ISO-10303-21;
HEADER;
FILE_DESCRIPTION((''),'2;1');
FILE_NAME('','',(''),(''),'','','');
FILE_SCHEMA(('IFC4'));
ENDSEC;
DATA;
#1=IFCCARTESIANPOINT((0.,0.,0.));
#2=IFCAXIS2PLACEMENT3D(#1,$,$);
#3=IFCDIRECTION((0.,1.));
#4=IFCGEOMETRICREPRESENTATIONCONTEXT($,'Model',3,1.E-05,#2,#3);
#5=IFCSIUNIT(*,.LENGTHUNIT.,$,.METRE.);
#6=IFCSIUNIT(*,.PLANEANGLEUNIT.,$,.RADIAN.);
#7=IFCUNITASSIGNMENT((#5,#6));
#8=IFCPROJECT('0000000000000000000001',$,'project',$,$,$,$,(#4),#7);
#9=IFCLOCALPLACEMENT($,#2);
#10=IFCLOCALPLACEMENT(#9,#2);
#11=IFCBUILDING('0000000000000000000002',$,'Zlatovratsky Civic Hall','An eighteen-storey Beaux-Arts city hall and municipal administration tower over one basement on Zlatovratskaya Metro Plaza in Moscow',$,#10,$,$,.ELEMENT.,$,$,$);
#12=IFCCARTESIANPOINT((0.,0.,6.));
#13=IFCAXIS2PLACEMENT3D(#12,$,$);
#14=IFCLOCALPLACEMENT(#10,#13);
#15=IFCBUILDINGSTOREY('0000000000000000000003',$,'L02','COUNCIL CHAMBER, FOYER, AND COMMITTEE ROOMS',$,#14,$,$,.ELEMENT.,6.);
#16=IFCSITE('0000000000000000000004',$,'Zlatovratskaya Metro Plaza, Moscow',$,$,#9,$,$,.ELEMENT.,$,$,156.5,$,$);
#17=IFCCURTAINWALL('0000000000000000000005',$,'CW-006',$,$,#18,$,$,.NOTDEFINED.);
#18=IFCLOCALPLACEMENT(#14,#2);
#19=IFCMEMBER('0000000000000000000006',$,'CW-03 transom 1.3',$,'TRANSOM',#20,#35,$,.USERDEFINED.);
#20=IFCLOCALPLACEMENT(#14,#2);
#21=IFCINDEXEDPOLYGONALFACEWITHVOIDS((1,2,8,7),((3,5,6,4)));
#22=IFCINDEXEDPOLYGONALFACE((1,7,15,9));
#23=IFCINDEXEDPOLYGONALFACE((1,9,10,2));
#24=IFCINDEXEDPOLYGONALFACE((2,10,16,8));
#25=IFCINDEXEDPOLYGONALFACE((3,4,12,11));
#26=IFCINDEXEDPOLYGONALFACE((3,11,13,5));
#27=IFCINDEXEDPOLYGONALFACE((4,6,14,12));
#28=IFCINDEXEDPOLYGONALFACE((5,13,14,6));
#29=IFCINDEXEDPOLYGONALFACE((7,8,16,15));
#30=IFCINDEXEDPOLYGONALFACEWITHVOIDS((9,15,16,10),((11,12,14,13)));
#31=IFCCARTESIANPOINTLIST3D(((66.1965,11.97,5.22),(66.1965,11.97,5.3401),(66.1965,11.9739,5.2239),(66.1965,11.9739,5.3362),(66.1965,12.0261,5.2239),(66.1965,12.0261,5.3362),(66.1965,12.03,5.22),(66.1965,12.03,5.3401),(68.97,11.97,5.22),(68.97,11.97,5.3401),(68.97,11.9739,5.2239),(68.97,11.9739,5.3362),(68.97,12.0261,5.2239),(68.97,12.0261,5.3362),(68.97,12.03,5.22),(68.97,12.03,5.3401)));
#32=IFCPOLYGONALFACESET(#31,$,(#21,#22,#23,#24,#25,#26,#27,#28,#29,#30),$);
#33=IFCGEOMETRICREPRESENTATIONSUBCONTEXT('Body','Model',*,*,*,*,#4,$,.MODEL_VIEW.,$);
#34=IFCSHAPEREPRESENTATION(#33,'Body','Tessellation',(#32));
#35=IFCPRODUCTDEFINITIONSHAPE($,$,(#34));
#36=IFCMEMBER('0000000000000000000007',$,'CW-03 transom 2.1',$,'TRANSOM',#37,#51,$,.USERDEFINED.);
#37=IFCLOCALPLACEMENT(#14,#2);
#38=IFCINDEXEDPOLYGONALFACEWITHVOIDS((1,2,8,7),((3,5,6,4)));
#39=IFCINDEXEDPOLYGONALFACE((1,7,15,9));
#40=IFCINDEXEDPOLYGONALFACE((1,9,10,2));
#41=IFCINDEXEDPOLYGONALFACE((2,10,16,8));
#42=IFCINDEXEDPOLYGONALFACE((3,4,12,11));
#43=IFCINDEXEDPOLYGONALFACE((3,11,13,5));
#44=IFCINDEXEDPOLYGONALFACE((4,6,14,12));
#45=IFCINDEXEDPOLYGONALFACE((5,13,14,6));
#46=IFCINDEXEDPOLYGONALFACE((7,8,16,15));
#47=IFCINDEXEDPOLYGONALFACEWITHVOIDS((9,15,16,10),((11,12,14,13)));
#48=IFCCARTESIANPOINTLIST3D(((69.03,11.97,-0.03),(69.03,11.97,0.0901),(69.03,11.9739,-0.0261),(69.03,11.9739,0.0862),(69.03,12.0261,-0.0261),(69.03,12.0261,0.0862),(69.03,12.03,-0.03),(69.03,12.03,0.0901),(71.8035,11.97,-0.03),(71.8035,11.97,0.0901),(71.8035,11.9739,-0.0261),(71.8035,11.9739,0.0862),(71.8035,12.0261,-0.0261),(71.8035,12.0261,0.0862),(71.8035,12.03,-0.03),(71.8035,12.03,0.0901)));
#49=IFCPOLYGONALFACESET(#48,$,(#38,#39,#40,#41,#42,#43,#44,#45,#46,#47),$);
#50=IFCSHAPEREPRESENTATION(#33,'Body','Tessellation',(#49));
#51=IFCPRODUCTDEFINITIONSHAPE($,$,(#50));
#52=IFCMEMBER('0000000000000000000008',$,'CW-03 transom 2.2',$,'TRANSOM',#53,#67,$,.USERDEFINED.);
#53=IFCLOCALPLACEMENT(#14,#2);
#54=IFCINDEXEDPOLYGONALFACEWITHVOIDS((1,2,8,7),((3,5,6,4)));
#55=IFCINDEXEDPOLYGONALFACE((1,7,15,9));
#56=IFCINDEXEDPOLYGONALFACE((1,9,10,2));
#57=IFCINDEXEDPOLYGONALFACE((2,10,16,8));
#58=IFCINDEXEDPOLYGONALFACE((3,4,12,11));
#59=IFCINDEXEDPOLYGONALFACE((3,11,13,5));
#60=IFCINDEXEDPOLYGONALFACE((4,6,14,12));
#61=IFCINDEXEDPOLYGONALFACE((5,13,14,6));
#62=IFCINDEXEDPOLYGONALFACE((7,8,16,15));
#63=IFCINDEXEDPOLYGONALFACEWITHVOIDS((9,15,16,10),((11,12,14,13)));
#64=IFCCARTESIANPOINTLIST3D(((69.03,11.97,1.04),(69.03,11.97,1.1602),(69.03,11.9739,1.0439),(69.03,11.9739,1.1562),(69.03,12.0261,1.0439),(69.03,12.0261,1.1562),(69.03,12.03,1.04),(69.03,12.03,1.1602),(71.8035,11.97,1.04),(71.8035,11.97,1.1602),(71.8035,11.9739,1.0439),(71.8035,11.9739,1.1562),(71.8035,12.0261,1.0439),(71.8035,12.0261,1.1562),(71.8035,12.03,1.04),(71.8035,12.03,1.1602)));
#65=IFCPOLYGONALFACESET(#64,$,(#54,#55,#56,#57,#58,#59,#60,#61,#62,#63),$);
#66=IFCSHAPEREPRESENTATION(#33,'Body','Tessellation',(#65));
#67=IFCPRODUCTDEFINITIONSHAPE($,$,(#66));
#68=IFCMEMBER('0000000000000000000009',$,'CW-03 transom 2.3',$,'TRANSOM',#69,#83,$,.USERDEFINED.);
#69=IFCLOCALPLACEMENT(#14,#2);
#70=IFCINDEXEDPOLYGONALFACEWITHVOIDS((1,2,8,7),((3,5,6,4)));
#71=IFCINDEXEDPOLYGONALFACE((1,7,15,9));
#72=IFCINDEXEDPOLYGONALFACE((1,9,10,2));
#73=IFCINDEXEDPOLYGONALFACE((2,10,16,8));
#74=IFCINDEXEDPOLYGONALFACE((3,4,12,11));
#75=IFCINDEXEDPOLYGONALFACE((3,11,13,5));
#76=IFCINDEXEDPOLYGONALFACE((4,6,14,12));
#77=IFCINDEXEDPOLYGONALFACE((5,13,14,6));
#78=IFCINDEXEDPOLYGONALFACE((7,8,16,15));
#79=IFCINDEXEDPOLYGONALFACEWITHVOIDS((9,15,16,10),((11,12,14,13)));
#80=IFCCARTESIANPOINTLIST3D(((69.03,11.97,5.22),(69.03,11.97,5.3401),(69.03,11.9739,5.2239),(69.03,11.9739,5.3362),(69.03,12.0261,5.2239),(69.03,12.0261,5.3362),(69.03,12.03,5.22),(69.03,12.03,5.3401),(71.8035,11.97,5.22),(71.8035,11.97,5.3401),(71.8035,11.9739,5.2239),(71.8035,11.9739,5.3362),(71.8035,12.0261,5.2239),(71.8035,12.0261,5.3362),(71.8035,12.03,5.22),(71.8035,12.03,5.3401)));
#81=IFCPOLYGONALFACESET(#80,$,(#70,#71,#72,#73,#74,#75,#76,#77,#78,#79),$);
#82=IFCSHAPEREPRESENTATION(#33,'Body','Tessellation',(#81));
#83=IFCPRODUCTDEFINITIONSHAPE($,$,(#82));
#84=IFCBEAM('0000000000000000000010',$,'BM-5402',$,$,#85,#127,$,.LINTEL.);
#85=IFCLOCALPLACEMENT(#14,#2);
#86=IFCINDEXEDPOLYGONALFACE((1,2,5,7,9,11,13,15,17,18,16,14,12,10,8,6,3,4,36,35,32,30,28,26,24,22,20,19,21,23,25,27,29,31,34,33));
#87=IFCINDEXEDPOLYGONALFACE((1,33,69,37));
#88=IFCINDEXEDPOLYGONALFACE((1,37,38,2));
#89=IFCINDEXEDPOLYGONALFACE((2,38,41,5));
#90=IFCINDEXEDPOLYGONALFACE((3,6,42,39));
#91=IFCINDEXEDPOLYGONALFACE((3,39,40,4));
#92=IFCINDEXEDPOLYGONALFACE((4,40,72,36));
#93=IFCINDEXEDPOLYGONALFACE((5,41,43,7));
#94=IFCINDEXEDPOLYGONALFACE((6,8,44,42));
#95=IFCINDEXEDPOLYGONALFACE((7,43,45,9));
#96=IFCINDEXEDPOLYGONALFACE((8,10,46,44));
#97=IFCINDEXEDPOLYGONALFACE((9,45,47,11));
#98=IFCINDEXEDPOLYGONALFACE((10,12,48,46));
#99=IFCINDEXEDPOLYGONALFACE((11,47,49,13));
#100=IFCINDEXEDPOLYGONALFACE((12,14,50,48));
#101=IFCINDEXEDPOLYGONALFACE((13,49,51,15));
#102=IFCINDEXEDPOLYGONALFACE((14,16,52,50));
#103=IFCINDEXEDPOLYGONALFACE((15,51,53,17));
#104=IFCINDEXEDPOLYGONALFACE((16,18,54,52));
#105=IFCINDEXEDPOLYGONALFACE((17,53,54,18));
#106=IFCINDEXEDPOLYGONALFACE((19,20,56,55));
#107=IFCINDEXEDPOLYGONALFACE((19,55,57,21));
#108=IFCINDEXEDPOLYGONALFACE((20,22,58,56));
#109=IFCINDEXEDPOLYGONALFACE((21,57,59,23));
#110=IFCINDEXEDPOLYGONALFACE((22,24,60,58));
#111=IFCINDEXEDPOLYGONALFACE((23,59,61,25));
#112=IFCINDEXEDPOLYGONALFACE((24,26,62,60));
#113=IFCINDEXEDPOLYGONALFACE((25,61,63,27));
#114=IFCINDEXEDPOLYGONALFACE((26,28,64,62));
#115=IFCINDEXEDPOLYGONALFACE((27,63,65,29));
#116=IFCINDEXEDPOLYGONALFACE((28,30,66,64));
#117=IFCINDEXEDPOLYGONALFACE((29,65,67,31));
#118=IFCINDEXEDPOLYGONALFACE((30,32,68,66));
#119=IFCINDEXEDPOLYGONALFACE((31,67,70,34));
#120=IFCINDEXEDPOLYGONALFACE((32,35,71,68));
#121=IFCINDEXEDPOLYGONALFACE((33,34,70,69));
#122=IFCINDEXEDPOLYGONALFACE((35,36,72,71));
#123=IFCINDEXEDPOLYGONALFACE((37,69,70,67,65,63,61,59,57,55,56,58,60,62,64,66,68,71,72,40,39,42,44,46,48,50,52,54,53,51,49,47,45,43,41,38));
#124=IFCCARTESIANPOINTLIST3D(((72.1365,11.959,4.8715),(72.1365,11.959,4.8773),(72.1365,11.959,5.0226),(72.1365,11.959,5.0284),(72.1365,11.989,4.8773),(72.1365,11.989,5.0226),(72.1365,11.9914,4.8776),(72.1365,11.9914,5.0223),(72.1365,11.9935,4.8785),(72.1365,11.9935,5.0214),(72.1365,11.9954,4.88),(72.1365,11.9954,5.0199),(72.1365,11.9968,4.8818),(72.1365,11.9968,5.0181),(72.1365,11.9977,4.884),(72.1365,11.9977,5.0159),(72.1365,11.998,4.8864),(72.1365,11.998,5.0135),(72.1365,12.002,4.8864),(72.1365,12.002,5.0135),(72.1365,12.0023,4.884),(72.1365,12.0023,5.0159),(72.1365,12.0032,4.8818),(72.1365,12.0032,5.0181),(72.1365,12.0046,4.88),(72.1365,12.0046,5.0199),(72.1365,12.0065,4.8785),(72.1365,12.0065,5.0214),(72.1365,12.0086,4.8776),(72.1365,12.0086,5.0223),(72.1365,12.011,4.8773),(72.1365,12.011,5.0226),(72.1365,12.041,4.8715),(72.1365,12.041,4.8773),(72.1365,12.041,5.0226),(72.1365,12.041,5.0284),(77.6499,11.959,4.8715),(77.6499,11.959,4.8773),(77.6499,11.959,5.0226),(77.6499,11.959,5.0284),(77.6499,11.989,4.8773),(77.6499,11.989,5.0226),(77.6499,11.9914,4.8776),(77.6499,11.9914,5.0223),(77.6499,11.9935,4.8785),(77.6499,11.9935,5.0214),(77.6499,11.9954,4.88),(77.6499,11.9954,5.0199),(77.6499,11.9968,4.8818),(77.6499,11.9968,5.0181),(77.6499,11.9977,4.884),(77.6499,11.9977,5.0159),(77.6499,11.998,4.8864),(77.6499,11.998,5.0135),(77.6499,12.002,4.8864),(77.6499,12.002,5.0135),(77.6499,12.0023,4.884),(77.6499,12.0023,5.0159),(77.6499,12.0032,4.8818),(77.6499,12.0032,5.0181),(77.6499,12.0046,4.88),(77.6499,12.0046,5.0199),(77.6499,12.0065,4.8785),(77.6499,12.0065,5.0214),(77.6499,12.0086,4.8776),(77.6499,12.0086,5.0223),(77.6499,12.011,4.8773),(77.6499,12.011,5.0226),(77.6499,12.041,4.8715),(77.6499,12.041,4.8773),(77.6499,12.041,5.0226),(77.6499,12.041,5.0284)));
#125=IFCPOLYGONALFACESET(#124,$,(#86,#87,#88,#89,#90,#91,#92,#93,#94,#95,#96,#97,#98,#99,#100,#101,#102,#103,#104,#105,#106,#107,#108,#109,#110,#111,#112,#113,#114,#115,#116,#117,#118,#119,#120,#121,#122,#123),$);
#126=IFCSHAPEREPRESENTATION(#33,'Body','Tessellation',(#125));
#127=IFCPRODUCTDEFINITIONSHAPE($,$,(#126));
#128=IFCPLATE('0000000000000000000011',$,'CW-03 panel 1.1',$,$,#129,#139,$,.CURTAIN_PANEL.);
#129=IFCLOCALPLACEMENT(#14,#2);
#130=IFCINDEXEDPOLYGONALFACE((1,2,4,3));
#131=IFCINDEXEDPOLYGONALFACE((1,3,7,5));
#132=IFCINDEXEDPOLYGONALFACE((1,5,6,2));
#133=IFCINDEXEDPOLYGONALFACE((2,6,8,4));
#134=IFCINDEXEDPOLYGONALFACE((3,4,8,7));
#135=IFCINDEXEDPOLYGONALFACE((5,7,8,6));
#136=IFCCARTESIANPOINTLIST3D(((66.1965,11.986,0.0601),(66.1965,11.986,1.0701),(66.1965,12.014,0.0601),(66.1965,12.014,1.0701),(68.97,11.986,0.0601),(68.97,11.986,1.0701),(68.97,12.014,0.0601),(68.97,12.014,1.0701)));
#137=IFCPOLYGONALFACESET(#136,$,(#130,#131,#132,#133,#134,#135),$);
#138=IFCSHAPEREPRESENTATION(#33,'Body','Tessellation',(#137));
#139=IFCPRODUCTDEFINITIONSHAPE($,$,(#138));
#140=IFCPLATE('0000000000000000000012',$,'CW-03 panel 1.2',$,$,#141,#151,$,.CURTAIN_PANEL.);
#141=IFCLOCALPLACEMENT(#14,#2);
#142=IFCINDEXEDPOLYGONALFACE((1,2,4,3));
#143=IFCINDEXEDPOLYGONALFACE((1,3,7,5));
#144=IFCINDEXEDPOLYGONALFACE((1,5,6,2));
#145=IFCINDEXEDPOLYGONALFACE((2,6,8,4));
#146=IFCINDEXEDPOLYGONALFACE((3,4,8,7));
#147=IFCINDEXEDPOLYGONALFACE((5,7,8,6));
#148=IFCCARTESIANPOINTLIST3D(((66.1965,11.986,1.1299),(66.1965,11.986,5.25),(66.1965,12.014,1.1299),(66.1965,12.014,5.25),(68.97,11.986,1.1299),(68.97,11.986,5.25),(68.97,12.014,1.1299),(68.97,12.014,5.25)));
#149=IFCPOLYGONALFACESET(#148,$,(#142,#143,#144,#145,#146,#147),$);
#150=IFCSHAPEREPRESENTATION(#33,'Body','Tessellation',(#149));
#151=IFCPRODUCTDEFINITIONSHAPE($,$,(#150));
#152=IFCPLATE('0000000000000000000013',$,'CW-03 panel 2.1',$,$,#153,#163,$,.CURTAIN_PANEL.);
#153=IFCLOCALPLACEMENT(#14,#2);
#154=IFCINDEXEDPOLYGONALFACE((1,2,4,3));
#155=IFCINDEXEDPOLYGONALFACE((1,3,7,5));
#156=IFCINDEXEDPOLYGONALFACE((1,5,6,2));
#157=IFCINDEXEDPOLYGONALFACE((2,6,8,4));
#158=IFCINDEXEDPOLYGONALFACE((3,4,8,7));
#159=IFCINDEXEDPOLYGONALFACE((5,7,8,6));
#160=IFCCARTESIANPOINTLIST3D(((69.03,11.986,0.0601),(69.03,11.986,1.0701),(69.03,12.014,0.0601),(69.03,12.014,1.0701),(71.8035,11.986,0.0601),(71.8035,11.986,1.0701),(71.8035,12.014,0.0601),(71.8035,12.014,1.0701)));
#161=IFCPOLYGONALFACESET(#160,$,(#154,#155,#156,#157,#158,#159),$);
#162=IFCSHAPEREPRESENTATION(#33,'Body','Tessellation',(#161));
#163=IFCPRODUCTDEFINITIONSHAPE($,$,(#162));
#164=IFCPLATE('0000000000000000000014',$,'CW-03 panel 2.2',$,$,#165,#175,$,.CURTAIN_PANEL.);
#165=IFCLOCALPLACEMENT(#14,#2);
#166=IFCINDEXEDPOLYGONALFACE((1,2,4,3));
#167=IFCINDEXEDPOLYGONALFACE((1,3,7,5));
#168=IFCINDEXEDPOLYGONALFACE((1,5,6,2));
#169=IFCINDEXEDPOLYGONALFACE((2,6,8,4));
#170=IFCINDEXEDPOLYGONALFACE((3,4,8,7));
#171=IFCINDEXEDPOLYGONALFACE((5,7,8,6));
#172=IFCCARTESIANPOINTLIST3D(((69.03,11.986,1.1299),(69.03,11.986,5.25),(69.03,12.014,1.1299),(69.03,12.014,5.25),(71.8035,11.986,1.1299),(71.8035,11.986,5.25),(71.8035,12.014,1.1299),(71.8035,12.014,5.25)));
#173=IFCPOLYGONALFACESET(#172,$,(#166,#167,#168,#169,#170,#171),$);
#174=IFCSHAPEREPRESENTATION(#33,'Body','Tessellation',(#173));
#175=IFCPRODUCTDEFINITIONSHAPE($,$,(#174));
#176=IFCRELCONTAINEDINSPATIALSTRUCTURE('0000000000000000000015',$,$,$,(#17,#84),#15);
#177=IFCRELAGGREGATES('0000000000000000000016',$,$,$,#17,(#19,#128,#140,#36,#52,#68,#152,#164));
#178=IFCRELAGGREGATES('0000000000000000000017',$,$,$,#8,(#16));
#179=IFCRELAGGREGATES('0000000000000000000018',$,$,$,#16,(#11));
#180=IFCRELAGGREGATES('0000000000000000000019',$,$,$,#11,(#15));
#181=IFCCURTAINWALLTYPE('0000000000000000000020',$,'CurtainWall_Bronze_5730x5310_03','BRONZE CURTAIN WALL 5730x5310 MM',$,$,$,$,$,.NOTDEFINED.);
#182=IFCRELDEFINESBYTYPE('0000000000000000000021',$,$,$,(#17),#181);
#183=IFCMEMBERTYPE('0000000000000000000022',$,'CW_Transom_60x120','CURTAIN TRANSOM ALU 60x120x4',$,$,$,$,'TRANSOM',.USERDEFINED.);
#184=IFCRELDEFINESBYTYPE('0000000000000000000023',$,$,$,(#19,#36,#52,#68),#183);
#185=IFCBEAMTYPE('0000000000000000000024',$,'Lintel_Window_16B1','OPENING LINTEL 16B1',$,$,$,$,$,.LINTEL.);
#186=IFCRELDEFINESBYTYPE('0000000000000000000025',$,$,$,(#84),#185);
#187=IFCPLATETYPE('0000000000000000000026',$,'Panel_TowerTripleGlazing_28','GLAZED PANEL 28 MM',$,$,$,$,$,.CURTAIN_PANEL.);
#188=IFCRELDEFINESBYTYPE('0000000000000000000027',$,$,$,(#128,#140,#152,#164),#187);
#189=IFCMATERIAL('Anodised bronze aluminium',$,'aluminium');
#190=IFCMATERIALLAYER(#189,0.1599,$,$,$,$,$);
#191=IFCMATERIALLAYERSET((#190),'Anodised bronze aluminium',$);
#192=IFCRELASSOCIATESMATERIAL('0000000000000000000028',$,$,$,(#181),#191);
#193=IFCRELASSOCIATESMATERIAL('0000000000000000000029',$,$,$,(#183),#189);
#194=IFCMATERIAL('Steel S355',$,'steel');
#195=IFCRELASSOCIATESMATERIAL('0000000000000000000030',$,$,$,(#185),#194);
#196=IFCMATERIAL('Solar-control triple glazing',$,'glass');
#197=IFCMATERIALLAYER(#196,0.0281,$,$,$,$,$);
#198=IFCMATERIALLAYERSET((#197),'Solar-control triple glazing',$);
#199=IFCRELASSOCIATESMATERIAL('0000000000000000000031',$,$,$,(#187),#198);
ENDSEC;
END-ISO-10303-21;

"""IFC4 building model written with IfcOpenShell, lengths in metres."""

from ifc_helpers import new_model, si_unit, direction, frame, origin, origin_2d, place, context, subcontext, project, spatial, rectangle, hollow_rectangle, i_section, extrude, material, layer, layer_set, material_profile, profile_set, type_object, element, aggregate, save


model = new_model("IFC4")

# Units and contexts
model_context = context("Model", 3, precision=1e-05, world=origin(), true_north=direction((0.0, 1.0)))
body_context = subcontext(model_context, "Body", "Model", "MODEL_VIEW")
ifc_project = project(units=[si_unit("LENGTHUNIT", "METRE"), si_unit("PLANEANGLEUNIT", "RADIAN")], contexts=[model_context])

# Site, building, storey
site_placement = place(None, origin())
site = spatial("IfcSite", under=ifc_project, at=site_placement, Name="Zlatovratskaya Metro Plaza, Moscow", CompositionType="ELEMENT", RefElevation=156.5)
building_placement = place(site_placement, origin())
building = spatial("IfcBuilding", under=site, at=building_placement, Name="Zlatovratsky Civic Hall", Description="An eighteen-storey Beaux-Arts city hall and municipal administration tower over one basement on Zlatovratskaya Metro Plaza in Moscow", CompositionType="ELEMENT")
storey_placement = place(building_placement, frame((0.0, 0.0, 6.0)))
storey = spatial("IfcBuildingStorey", under=building, at=storey_placement, Name="L02", Description="COUNCIL CHAMBER, FOYER, AND COMMITTEE ROOMS", CompositionType="ELEMENT", Elevation=6.0)

# Shared definitions
ifc_material_1 = material(Name="Steel S355", Category="steel")

# Curtain wall, members
ifc_material_2 = material(Name="Anodised bronze aluminium", Category="aluminium")
ifc_layer_1 = layer(ifc_material_2, 0.1599)
ifc_layer_set_1 = layer_set([ifc_layer_1], Name="Anodised bronze aluminium")
curtain_wall_type = type_object("IfcCurtainWallType", Name="CurtainWall_Bronze_5730x5310_03", Description="BRONZE CURTAIN WALL 5730x5310 MM", PredefinedType="NOTDEFINED", material=ifc_layer_set_1)
curtain_wall_placement = place(storey_placement, origin())
curtain_wall = element("IfcCurtainWall", 1, at=curtain_wall_placement, inside=storey, type_object=curtain_wall_type, Name="CW-006", PredefinedType="NOTDEFINED")
ifc_material_profile_1 = material_profile(ifc_material_2, hollow_rectangle(XDim=0.0601, YDim=0.1201, WallThickness=0.0039, at=origin_2d()), Name="ALU 60x120x4")
ifc_profile_set_1 = profile_set([ifc_material_profile_1], Name="Anodised bronze aluminium")
member_type_1 = type_object("IfcMemberType", Name="CW_Transom_60x120", Description="CURTAIN TRANSOM ALU 60x120x4", ElementType="TRANSOM", PredefinedType="USERDEFINED", material=ifc_profile_set_1)
member_1_placement = place(storey_placement, frame((66.1965, 12.0, 5.28), z_axis=(1.0, 0.0, 0.0), x_axis=(0.0, 1.0, 0.0)))
member_1 = element("IfcMember", 2, at=member_1_placement, type_object=member_type_1, Name="CW-03 transom 1.3", ObjectType="TRANSOM", PredefinedType="USERDEFINED", context=body_context, shape_type="SweptSolid", body=[
    extrude(hollow_rectangle(XDim=0.0601, YDim=0.1201, WallThickness=0.0039, at=origin_2d()), origin(), (0.0, 0.0, 1.0), 2.7734),
])
member_2_placement = place(storey_placement, frame((69.03, 12.0, 0.03), z_axis=(1.0, 0.0, 0.0), x_axis=(0.0, 1.0, 0.0)))
member_2 = element("IfcMember", 3, at=member_2_placement, type_object=member_type_1, Name="CW-03 transom 2.1", ObjectType="TRANSOM", PredefinedType="USERDEFINED", context=body_context, shape_type="SweptSolid", body=[
    extrude(hollow_rectangle(XDim=0.0601, YDim=0.1201, WallThickness=0.0039, at=origin_2d()), origin(), (0.0, 0.0, 1.0), 2.7734),
])
member_3_placement = place(storey_placement, frame((69.03, 12.0, 1.1001), z_axis=(1.0, 0.0, 0.0), x_axis=(0.0, 1.0, 0.0)))
member_3 = element("IfcMember", 4, at=member_3_placement, type_object=member_type_1, Name="CW-03 transom 2.2", ObjectType="TRANSOM", PredefinedType="USERDEFINED", context=body_context, shape_type="SweptSolid", body=[
    extrude(hollow_rectangle(XDim=0.0601, YDim=0.1201, WallThickness=0.0039, at=origin_2d()), origin(), (0.0, 0.0, 1.0), 2.7734),
])
member_4_placement = place(storey_placement, frame((69.03, 12.0, 5.28), z_axis=(1.0, 0.0, 0.0), x_axis=(0.0, 1.0, 0.0)))
member_4 = element("IfcMember", 5, at=member_4_placement, type_object=member_type_1, Name="CW-03 transom 2.3", ObjectType="TRANSOM", PredefinedType="USERDEFINED", context=body_context, shape_type="SweptSolid", body=[
    extrude(hollow_rectangle(XDim=0.0601, YDim=0.1201, WallThickness=0.0039, at=origin_2d()), origin(), (0.0, 0.0, 1.0), 2.7734),
])

# Beam
ifc_material_profile_2 = material_profile(ifc_material_1, i_section(OverallWidth=0.082, OverallDepth=0.157, WebThickness=0.0039, FlangeThickness=0.0059, FilletRadius=0.009, at=origin_2d()), Name="16B1")
ifc_profile_set_2 = profile_set([ifc_material_profile_2], Name="Steel S355")
beam_type_1 = type_object("IfcBeamType", Name="Lintel_Window_16B1", Description="OPENING LINTEL 16B1", PredefinedType="LINTEL", material=ifc_profile_set_2)
beam_1_placement = place(storey_placement, frame((72.1365, 12.0, 4.95), z_axis=(1.0, 0.0, 0.0), x_axis=(0.0, 1.0, 0.0)))
element("IfcBeam", 6, at=beam_1_placement, inside=storey, type_object=beam_type_1, Name="BM-5402", PredefinedType="LINTEL", context=body_context, shape_type="SweptSolid", body=[
    extrude(i_section(OverallWidth=0.082, OverallDepth=0.157, WebThickness=0.0039, FlangeThickness=0.0059, FilletRadius=0.009, at=origin_2d()), origin(), (0.0, 0.0, 1.0), 5.5134),
])

# Plates
ifc_material_3 = material(Name="Solar-control triple glazing", Category="glass")
ifc_layer_2 = layer(ifc_material_3, 0.0281)
ifc_layer_set_2 = layer_set([ifc_layer_2], Name="Solar-control triple glazing")
plate_type = type_object("IfcPlateType", Name="Panel_TowerTripleGlazing_28", Description="GLAZED PANEL 28 MM", PredefinedType="CURTAIN_PANEL", material=ifc_layer_set_2)
plate_1_placement = place(storey_placement, frame((67.5833, 12.0, 0.0601), z_axis=(0.0, 0.0, 1.0), x_axis=(1.0, 0.0, 0.0)))
plate_1 = element("IfcPlate", 7, at=plate_1_placement, type_object=plate_type, Name="CW-03 panel 1.1", PredefinedType="CURTAIN_PANEL", context=body_context, shape_type="SweptSolid", body=[
    extrude(rectangle(XDim=2.7734, YDim=0.0281, at=origin_2d()), origin(), (0.0, 0.0, 1.0), 1.01),
])
plate_2_placement = place(storey_placement, frame((67.5833, 12.0, 1.1299), z_axis=(0.0, 0.0, 1.0), x_axis=(1.0, 0.0, 0.0)))
plate_2 = element("IfcPlate", 8, at=plate_2_placement, type_object=plate_type, Name="CW-03 panel 1.2", PredefinedType="CURTAIN_PANEL", context=body_context, shape_type="SweptSolid", body=[
    extrude(rectangle(XDim=2.7734, YDim=0.0281, at=origin_2d()), origin(), (0.0, 0.0, 1.0), 4.1201),
])
plate_3_placement = place(storey_placement, frame((70.4167, 12.0, 0.0601), z_axis=(0.0, 0.0, 1.0), x_axis=(1.0, 0.0, 0.0)))
plate_3 = element("IfcPlate", 9, at=plate_3_placement, type_object=plate_type, Name="CW-03 panel 2.1", PredefinedType="CURTAIN_PANEL", context=body_context, shape_type="SweptSolid", body=[
    extrude(rectangle(XDim=2.7734, YDim=0.0281, at=origin_2d()), origin(), (0.0, 0.0, 1.0), 1.01),
])
plate_4_placement = place(storey_placement, frame((70.4167, 12.0, 1.1299), z_axis=(0.0, 0.0, 1.0), x_axis=(1.0, 0.0, 0.0)))
plate_4 = element("IfcPlate", 10, at=plate_4_placement, type_object=plate_type, Name="CW-03 panel 2.2", PredefinedType="CURTAIN_PANEL", context=body_context, shape_type="SweptSolid", body=[
    extrude(rectangle(XDim=2.7734, YDim=0.0281, at=origin_2d()), origin(), (0.0, 0.0, 1.0), 4.1201),
])
aggregate(curtain_wall, [member_1, plate_1, plate_2, member_2, member_3, member_4, plate_3, plate_4])

save(model, "model.ifc")
